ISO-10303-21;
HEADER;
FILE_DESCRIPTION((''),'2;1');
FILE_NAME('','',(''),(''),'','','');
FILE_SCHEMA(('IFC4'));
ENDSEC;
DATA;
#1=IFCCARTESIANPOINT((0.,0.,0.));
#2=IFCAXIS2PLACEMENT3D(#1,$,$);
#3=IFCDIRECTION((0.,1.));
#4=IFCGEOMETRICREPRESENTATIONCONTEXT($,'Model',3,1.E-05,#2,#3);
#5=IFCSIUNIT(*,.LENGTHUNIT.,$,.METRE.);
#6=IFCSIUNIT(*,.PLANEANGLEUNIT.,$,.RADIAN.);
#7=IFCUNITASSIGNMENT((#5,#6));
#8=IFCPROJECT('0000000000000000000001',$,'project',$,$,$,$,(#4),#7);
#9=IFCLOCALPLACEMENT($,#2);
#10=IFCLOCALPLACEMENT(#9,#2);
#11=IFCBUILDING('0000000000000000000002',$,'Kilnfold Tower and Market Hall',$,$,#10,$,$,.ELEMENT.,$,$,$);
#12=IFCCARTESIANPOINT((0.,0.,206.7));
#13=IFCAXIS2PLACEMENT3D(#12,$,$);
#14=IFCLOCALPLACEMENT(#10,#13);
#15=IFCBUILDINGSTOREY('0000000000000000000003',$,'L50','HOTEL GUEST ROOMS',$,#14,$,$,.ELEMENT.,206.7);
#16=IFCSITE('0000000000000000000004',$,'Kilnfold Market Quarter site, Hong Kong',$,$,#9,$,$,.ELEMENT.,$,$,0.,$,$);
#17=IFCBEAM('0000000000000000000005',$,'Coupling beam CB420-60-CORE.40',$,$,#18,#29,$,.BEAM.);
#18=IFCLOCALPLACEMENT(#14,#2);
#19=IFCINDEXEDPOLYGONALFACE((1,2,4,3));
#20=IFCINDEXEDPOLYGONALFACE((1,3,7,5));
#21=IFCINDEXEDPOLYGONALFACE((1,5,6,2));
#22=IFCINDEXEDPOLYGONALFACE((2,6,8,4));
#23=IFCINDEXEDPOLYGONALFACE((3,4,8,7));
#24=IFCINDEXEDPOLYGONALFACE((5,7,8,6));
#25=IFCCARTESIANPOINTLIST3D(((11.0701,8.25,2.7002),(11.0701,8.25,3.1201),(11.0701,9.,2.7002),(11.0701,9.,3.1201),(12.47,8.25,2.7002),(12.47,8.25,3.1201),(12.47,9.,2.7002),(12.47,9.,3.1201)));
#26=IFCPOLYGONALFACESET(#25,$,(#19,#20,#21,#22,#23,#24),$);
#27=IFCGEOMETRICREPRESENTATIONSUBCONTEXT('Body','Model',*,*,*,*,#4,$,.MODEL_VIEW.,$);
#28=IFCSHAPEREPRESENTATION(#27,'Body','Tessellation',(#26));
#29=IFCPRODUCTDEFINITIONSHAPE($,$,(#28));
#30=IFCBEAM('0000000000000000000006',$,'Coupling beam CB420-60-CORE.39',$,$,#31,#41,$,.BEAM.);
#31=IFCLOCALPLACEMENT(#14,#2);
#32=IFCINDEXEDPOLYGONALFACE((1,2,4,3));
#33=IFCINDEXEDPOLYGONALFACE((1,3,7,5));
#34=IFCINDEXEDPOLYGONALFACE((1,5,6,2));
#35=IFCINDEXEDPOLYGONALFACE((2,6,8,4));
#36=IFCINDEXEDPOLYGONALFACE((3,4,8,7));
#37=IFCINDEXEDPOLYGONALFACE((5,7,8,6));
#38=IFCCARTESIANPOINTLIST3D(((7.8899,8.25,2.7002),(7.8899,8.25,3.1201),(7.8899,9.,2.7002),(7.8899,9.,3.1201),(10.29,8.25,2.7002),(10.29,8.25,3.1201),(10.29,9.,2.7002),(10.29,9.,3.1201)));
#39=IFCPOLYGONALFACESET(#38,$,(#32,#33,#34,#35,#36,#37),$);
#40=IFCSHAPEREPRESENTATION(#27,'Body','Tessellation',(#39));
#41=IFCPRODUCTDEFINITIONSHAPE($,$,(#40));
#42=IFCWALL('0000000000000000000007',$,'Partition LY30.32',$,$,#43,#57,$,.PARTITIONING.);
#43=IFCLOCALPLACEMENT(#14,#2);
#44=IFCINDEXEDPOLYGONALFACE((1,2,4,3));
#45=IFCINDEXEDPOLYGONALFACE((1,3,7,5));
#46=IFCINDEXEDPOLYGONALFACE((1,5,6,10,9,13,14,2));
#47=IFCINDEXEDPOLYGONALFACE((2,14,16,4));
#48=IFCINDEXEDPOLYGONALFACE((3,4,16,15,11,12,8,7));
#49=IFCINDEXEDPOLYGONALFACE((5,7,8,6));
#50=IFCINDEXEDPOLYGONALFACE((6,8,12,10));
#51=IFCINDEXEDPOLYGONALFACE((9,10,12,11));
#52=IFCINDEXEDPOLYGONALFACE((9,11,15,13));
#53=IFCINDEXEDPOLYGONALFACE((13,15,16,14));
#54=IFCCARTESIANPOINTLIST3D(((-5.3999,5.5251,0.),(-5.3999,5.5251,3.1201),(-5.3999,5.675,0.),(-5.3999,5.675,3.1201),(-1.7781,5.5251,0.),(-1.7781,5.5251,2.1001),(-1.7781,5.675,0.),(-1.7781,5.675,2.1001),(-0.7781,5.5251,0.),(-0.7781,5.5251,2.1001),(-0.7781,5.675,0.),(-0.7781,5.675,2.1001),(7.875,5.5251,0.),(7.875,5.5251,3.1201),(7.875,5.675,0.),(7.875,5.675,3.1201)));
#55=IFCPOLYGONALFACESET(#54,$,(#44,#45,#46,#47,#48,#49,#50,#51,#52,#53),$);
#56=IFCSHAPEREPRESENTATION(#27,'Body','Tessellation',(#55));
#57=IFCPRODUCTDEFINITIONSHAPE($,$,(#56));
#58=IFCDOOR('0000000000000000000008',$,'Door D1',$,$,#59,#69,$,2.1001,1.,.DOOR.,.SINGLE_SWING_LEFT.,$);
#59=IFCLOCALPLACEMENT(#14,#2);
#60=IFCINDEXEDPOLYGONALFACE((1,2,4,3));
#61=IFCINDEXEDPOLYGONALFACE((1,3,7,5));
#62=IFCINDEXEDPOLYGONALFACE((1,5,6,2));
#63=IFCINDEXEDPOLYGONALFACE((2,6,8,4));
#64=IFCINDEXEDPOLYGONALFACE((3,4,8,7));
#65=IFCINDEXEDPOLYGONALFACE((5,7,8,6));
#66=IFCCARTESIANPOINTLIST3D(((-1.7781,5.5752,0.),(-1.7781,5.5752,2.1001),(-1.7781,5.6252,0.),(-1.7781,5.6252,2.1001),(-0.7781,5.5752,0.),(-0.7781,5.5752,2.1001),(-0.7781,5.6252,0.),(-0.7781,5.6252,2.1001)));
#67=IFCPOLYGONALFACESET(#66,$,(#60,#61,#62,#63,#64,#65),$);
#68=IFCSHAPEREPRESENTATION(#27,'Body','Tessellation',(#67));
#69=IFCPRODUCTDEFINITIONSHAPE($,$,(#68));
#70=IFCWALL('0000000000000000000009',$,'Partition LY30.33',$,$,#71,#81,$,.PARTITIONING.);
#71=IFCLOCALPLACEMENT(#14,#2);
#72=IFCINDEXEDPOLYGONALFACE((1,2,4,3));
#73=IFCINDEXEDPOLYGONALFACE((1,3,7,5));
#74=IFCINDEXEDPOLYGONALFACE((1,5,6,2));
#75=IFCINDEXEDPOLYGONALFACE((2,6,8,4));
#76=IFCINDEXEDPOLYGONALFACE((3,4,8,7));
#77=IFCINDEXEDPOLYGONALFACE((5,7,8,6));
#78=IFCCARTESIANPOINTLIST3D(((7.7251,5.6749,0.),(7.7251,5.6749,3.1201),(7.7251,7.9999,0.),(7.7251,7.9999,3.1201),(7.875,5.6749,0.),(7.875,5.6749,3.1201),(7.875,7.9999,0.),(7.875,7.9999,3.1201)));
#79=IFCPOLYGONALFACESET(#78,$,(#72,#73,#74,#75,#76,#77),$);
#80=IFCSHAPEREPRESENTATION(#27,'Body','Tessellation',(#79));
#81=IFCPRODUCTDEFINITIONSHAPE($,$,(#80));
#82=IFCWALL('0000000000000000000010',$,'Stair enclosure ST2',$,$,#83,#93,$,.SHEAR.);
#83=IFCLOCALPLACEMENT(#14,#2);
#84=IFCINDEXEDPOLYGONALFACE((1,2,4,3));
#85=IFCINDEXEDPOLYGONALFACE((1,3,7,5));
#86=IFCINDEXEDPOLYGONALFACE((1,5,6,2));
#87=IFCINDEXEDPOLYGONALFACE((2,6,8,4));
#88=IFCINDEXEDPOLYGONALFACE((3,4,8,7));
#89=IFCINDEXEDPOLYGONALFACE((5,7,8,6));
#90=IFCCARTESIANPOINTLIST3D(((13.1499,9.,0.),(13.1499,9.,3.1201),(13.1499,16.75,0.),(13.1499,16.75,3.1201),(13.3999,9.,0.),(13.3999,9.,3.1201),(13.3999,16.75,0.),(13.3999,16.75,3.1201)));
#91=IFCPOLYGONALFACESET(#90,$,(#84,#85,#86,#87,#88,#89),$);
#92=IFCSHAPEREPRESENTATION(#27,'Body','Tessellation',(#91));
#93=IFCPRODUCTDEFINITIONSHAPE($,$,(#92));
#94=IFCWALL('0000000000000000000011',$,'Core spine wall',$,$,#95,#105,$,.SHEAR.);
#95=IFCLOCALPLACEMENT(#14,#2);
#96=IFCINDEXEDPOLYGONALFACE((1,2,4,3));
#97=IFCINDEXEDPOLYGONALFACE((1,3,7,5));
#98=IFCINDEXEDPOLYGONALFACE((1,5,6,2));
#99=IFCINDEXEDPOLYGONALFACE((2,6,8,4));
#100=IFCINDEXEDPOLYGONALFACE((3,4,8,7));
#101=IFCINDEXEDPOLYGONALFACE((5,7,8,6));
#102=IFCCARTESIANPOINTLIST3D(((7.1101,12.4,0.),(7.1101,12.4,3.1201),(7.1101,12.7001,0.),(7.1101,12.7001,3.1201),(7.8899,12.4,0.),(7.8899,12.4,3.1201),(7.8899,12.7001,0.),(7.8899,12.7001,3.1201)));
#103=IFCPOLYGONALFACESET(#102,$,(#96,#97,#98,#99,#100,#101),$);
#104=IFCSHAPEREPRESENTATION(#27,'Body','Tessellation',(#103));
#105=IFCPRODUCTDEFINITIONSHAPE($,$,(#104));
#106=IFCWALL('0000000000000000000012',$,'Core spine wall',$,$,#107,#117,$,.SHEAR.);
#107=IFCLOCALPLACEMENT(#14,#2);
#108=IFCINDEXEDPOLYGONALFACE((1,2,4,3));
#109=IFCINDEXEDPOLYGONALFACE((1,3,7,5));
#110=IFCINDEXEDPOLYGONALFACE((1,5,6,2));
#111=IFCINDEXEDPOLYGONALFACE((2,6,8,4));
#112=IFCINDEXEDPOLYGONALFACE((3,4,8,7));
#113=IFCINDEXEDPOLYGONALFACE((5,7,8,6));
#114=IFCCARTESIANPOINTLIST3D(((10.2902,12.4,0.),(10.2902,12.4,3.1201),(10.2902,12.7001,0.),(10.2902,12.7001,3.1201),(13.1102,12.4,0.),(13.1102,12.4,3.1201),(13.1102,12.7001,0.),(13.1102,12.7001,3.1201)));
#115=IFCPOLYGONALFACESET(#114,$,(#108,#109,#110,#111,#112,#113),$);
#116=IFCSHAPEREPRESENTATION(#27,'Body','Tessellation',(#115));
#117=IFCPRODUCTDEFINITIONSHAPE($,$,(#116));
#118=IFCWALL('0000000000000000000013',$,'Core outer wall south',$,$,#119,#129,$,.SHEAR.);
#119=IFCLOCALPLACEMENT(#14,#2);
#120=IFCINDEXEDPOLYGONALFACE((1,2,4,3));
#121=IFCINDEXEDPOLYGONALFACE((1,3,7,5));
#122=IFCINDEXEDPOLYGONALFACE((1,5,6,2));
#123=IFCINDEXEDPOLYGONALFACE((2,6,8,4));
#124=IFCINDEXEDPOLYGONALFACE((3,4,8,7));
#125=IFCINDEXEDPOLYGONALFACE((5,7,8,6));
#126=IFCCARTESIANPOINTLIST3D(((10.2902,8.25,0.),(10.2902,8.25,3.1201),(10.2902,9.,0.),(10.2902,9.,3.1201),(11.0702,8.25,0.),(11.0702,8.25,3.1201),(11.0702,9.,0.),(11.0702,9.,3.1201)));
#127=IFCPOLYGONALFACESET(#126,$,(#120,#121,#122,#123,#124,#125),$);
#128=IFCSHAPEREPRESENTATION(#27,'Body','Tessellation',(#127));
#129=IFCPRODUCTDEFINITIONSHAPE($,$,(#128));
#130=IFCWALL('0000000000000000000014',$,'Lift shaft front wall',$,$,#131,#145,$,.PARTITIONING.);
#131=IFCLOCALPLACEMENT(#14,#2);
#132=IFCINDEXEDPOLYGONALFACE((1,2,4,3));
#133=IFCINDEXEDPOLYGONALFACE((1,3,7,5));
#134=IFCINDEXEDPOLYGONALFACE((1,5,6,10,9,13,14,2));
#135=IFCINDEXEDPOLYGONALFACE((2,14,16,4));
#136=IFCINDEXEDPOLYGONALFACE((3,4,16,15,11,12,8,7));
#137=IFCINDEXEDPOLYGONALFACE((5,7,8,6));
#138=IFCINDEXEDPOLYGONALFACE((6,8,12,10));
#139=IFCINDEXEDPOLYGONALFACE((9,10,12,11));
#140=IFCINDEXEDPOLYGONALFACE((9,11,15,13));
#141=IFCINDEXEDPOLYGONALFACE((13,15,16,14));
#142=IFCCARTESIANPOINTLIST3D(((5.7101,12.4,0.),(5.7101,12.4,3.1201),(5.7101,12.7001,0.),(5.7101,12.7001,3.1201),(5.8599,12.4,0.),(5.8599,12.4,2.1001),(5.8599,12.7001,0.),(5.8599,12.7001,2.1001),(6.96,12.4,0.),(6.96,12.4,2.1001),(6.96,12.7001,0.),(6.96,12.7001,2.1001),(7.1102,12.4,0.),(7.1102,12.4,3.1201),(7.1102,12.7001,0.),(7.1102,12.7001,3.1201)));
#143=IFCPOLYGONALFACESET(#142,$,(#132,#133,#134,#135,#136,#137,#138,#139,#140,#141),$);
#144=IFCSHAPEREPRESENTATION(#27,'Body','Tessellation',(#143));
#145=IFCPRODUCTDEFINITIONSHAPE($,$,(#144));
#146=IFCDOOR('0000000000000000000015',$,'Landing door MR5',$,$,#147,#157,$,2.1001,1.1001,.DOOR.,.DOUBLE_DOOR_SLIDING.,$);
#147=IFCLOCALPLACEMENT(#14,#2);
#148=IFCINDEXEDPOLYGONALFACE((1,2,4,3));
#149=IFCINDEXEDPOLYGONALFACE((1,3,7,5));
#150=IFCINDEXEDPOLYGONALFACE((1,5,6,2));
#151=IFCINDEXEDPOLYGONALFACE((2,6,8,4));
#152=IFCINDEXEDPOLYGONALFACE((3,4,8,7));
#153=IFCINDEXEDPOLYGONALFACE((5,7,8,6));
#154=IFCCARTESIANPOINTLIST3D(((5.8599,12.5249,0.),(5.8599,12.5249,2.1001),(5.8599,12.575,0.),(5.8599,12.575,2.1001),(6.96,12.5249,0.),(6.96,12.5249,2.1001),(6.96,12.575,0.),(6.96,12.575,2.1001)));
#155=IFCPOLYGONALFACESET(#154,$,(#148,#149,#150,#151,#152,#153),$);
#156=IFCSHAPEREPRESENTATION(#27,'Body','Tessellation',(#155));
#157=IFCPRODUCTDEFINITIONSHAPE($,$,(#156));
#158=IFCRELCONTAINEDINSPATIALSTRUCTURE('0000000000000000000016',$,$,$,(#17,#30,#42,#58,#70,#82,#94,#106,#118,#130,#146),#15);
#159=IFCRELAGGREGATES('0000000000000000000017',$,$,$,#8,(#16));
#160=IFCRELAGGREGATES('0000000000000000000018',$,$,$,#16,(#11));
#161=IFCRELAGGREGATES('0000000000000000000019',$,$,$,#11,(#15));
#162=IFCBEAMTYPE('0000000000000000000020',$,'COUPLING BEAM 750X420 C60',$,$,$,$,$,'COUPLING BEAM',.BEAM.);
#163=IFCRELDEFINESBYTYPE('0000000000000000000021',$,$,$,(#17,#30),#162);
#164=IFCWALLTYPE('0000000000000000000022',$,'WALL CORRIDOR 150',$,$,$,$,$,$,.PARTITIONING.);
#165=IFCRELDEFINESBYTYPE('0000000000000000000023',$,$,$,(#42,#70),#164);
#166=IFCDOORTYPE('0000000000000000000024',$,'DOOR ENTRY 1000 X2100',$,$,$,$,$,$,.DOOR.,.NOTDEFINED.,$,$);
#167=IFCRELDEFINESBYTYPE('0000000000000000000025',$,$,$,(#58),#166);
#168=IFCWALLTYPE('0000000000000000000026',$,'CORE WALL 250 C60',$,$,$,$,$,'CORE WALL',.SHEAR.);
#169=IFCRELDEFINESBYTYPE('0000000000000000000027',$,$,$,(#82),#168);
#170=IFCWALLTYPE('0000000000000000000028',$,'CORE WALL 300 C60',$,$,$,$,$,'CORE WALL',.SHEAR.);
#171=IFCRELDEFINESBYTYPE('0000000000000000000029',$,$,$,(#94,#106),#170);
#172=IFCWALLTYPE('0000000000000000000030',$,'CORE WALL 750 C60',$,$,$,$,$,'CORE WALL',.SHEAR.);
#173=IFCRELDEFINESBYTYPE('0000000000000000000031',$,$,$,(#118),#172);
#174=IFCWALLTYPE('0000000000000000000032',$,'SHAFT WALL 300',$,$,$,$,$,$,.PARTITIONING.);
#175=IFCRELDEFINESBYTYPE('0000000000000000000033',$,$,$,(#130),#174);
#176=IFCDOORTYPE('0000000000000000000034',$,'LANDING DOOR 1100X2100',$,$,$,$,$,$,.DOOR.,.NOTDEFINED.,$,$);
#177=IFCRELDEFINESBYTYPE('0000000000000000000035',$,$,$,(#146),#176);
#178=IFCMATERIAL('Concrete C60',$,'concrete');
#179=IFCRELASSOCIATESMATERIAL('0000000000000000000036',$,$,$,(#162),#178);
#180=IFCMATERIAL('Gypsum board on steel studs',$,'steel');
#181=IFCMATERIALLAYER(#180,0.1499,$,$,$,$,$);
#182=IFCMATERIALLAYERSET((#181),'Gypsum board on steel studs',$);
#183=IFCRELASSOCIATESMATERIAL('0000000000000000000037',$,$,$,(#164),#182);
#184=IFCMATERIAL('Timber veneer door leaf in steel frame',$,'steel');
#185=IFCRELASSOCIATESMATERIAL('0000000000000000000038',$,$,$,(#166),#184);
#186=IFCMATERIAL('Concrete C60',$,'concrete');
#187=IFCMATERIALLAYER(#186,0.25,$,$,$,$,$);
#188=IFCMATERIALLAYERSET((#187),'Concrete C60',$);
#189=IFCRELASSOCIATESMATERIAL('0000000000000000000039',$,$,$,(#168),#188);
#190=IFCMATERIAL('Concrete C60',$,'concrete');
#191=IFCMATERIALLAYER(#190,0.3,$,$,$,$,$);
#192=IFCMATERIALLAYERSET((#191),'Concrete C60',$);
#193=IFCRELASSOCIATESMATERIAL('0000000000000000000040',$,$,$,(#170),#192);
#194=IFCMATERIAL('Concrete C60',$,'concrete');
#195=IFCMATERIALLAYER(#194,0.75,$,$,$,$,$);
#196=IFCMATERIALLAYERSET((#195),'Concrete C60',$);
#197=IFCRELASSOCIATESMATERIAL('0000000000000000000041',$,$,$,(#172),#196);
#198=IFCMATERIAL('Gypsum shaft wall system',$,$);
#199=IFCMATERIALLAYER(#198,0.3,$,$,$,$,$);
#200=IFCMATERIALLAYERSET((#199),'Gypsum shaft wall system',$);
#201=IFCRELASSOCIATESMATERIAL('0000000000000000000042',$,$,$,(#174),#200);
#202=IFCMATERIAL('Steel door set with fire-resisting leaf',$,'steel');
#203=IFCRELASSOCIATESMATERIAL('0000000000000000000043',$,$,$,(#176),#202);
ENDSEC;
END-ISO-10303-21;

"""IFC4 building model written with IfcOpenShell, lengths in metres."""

from ifc_helpers import new_model, si_unit, direction, frame, frame_2d, origin, origin_2d, place, context, subcontext, project, spatial, rectangle, extrude, source, transform, mapped, material, layer, layer_set, material_profile, profile_set, type_object, element, fill, save


model = new_model("IFC4")

# Units and contexts
model_context = context("Model", 3, precision=1e-05, world=origin(), true_north=direction((0.0, 1.0)))
body_context = subcontext(model_context, "Body", "Model", "MODEL_VIEW")
ifc_project = project(units=[si_unit("LENGTHUNIT", "METRE"), si_unit("PLANEANGLEUNIT", "RADIAN")], contexts=[model_context])

# Site, building, storey
site_placement = place(None, origin())
site = spatial("IfcSite", under=ifc_project, at=site_placement, Name="Kilnfold Market Quarter site, Hong Kong", CompositionType="ELEMENT", RefElevation=0.0)
building_placement = place(site_placement, origin())
building = spatial("IfcBuilding", under=site, at=building_placement, Name="Kilnfold Tower and Market Hall", CompositionType="ELEMENT")
storey_placement = place(building_placement, frame((0.0, 0.0, 206.7)))
storey = spatial("IfcBuildingStorey", under=building, at=storey_placement, Name="L50", Description="HOTEL GUEST ROOMS", CompositionType="ELEMENT", Elevation=206.7)

# Beams
ifc_material_1 = material(Name="Concrete C60", Category="concrete")
ifc_material_profile = material_profile(ifc_material_1, rectangle(XDim=0.75, YDim=0.4199, at=origin_2d()), Name="RC 750x420")
ifc_profile_set = profile_set([ifc_material_profile], Name="Concrete C60")
beam_type = type_object("IfcBeamType", Name="COUPLING BEAM 750X420 C60", ElementType="COUPLING BEAM", PredefinedType="BEAM", material=ifc_profile_set)
shared_shape_1 = source(origin(), body_context, "Body", "SweptSolid", [
    extrude(rectangle(XDim=0.75, YDim=0.4199, at=origin_2d()), origin(), (0.0, 0.0, 1.0), 1.3999),
])
beam_1_placement = place(storey_placement, frame((11.0701, 8.625, 2.9102), z_axis=(1.0, 0.0, 0.0), x_axis=(0.0, 1.0, 0.0)))
element("IfcBeam", 1, at=beam_1_placement, inside=storey, type_object=beam_type, Name="Coupling beam CB420-60-CORE.40", PredefinedType="BEAM", context=body_context, shape_type="MappedRepresentation", body=[
    mapped(shared_shape_1, transform((0.0, 0.0, 0.0))),
])
shared_shape_2 = source(origin(), body_context, "Body", "SweptSolid", [
    extrude(rectangle(XDim=0.75, YDim=0.4199, at=origin_2d()), origin(), (0.0, 0.0, 1.0), 2.4001),
])
beam_2_placement = place(storey_placement, frame((7.8899, 8.625, 2.9102), z_axis=(1.0, 0.0, 0.0), x_axis=(0.0, 1.0, 0.0)))
element("IfcBeam", 2, at=beam_2_placement, inside=storey, type_object=beam_type, Name="Coupling beam CB420-60-CORE.39", PredefinedType="BEAM", context=body_context, shape_type="MappedRepresentation", body=[
    mapped(shared_shape_2, transform((0.0, 0.0, 0.0))),
])

# Wall, opening, door
ifc_material_2 = material(Name="Gypsum board on steel studs", Category="steel")
ifc_layer_1 = layer(ifc_material_2, 0.1499)
ifc_layer_set_1 = layer_set([ifc_layer_1], Name="Gypsum board on steel studs")
wall_type_1 = type_object("IfcWallType", Name="WALL CORRIDOR 150", PredefinedType="PARTITIONING", material=ifc_layer_set_1)
wall_1_placement = place(storey_placement, frame((7.875, 5.6001, 0.0), z_axis=(0.0, 0.0, 1.0), x_axis=(-1.0, 0.0, 0.0)))
wall_1 = element("IfcWall", 3, at=wall_1_placement, inside=storey, type_object=wall_type_1, Name="Partition LY30.32", PredefinedType="PARTITIONING", context=body_context, shape_type="SweptSolid", body=[
    extrude(rectangle(XDim=13.2749, YDim=0.1499, at=frame_2d((6.6375, 0.0))), origin(), (0.0, 0.0, 1.0), 3.1201),
])
opening_1_placement = place(wall_1_placement, frame((8.6531, 0.0, 0.0)))
opening_1 = element("IfcOpeningElement", 4, at=opening_1_placement, cuts=wall_1, PredefinedType="OPENING", context=body_context, shape_type="SweptSolid", body=[
    extrude(rectangle(XDim=1.0, YDim=2.1001, at=frame_2d((0.5, 1.05))), frame((0.0, 0.085, 0.0), z_axis=(0.0, -1.0, 0.0), x_axis=(1.0, 0.0, 0.0)), (0.0, 0.0, 1.0), 0.1699),
])
ifc_material_3 = material(Name="Timber veneer door leaf in steel frame", Category="steel")
door_type_1 = type_object("IfcDoorType", Name="DOOR ENTRY 1000 X2100", OperationType="NOTDEFINED", PredefinedType="DOOR", material=ifc_material_3)
door_1_placement = place(opening_1_placement, origin())
door_1 = element("IfcDoor", 5, at=door_1_placement, inside=storey, type_object=door_type_1, Name="Door D1", OperationType="SINGLE_SWING_LEFT", OverallHeight=2.1001, OverallWidth=1.0, PredefinedType="DOOR", context=body_context, shape_type="SweptSolid", body=[
    extrude(rectangle(XDim=1.0, YDim=2.1001, at=frame_2d((0.5, 1.05))), frame((0.0, 0.0249, 0.0), z_axis=(0.0, -1.0, 0.0), x_axis=(1.0, 0.0, 0.0)), (0.0, 0.0, 1.0), 0.05),
])
fill(opening_1, door_1)

# Walls
wall_2_placement = place(storey_placement, frame((7.8, 8.0, 0.0), z_axis=(0.0, 0.0, 1.0), x_axis=(0.0, -1.0, 0.0)))
element("IfcWall", 6, at=wall_2_placement, inside=storey, type_object=wall_type_1, Name="Partition LY30.33", PredefinedType="PARTITIONING", context=body_context, shape_type="SweptSolid", body=[
    extrude(rectangle(XDim=2.325, YDim=0.1499, at=frame_2d((1.1626, 0.0))), origin(), (0.0, 0.0, 1.0), 3.1201),
])
ifc_material_4 = material(Name="Concrete C60", Category="concrete")
ifc_layer_2 = layer(ifc_material_4, 0.25)
ifc_layer_set_2 = layer_set([ifc_layer_2], Name="Concrete C60")
wall_type_2 = type_object("IfcWallType", Name="CORE WALL 250 C60", ElementType="CORE WALL", PredefinedType="SHEAR", material=ifc_layer_set_2)
shared_shape_3 = source(origin(), body_context, "Body", "SweptSolid", [
    extrude(rectangle(XDim=7.75, YDim=0.25, at=frame_2d((3.875, 0.0))), origin(), (0.0, 0.0, 1.0), 3.1201),
])
wall_3_placement = place(storey_placement, frame((13.2749, 9.0, 0.0), z_axis=(0.0, 0.0, 1.0), x_axis=(0.0, 1.0, 0.0)))
element("IfcWall", 7, at=wall_3_placement, inside=storey, type_object=wall_type_2, Name="Stair enclosure ST2", PredefinedType="SHEAR", context=body_context, shape_type="MappedRepresentation", body=[
    mapped(shared_shape_3, transform((0.0, 0.0, 0.0))),
])
ifc_material_5 = material(Name="Concrete C60", Category="concrete")
ifc_layer_3 = layer(ifc_material_5, 0.3)
ifc_layer_set_3 = layer_set([ifc_layer_3], Name="Concrete C60")
wall_type_3 = type_object("IfcWallType", Name="CORE WALL 300 C60", ElementType="CORE WALL", PredefinedType="SHEAR", material=ifc_layer_set_3)
shared_shape_4 = source(origin(), body_context, "Body", "SweptSolid", [
    extrude(rectangle(XDim=0.7798, YDim=0.3, at=frame_2d((0.3899, 0.0))), origin(), (0.0, 0.0, 1.0), 3.1201),
])
wall_4_placement = place(storey_placement, frame((7.1101, 12.55, 0.0), z_axis=(0.0, 0.0, 1.0), x_axis=(1.0, 0.0, 0.0)))
element("IfcWall", 8, at=wall_4_placement, inside=storey, type_object=wall_type_3, Name="Core spine wall", PredefinedType="SHEAR", context=body_context, shape_type="MappedRepresentation", body=[
    mapped(shared_shape_4, transform((0.0, 0.0, 0.0))),
])
shared_shape_5 = source(origin(), body_context, "Body", "SweptSolid", [
    extrude(rectangle(XDim=2.8201, YDim=0.3, at=frame_2d((1.4102, 0.0))), origin(), (0.0, 0.0, 1.0), 3.1201),
])
wall_5_placement = place(storey_placement, frame((10.29, 12.55, 0.0), z_axis=(0.0, 0.0, 1.0), x_axis=(1.0, 0.0, 0.0)))
element("IfcWall", 9, at=wall_5_placement, inside=storey, type_object=wall_type_3, Name="Core spine wall", PredefinedType="SHEAR", context=body_context, shape_type="MappedRepresentation", body=[
    mapped(shared_shape_5, transform((0.0, 0.0, 0.0))),
])
ifc_material_6 = material(Name="Concrete C60", Category="concrete")
ifc_layer_4 = layer(ifc_material_6, 0.75)
ifc_layer_set_4 = layer_set([ifc_layer_4], Name="Concrete C60")
wall_type_4 = type_object("IfcWallType", Name="CORE WALL 750 C60", ElementType="CORE WALL", PredefinedType="SHEAR", material=ifc_layer_set_4)
shared_shape_6 = source(origin(), body_context, "Body", "SweptSolid", [
    extrude(rectangle(XDim=0.78, YDim=0.75, at=frame_2d((0.3901, 0.0))), origin(), (0.0, 0.0, 1.0), 3.1201),
])
wall_6_placement = place(storey_placement, frame((10.29, 8.625, 0.0), z_axis=(0.0, 0.0, 1.0), x_axis=(1.0, 0.0, 0.0)))
element("IfcWall", 10, at=wall_6_placement, inside=storey, type_object=wall_type_4, Name="Core outer wall south", PredefinedType="SHEAR", context=body_context, shape_type="MappedRepresentation", body=[
    mapped(shared_shape_6, transform((0.0, 0.0, 0.0))),
])

# Wall, opening, door
ifc_material_7 = material(Name="Gypsum shaft wall system")
ifc_layer_5 = layer(ifc_material_7, 0.3)
ifc_layer_set_5 = layer_set([ifc_layer_5], Name="Gypsum shaft wall system")
wall_type_5 = type_object("IfcWallType", Name="SHAFT WALL 300", PredefinedType="PARTITIONING", material=ifc_layer_set_5)
shared_shape_7 = source(origin(), body_context, "Body", "SweptSolid", [
    extrude(rectangle(XDim=1.4001, YDim=0.3, at=frame_2d((0.7002, 0.0))), origin(), (0.0, 0.0, 1.0), 3.1201),
])
wall_7_placement = place(storey_placement, frame((5.71, 12.55, 0.0), z_axis=(0.0, 0.0, 1.0), x_axis=(1.0, 0.0, 0.0)))
wall_7 = element("IfcWall", 11, at=wall_7_placement, inside=storey, type_object=wall_type_5, Name="Lift shaft front wall", PredefinedType="PARTITIONING", context=body_context, shape_type="MappedRepresentation", body=[
    mapped(shared_shape_7, transform((0.0, 0.0, 0.0))),
])
opening_2_placement = place(wall_7_placement, frame((0.1499, 0.0, 0.0)))
opening_2 = element("IfcOpeningElement", 12, at=opening_2_placement, cuts=wall_7, PredefinedType="OPENING", context=body_context, shape_type="SweptSolid", body=[
    extrude(rectangle(XDim=1.1001, YDim=2.1001, at=frame_2d((0.55, 1.05))), frame((0.0, 0.1602, 0.0), z_axis=(0.0, -1.0, 0.0), x_axis=(1.0, 0.0, 0.0)), (0.0, 0.0, 1.0), 0.3201),
])
ifc_material_8 = material(Name="Steel door set with fire-resisting leaf", Category="steel")
door_type_2 = type_object("IfcDoorType", Name="LANDING DOOR 1100X2100", OperationType="NOTDEFINED", PredefinedType="DOOR", material=ifc_material_8)
door_2_placement = place(opening_2_placement, origin())
door_2 = element("IfcDoor", 13, at=door_2_placement, inside=storey, type_object=door_type_2, Name="Landing door MR5", OperationType="DOUBLE_DOOR_SLIDING", OverallHeight=2.1001, OverallWidth=1.1001, PredefinedType="DOOR", context=body_context, shape_type="SweptSolid", body=[
    extrude(rectangle(XDim=1.1001, YDim=2.1001, at=frame_2d((0.55, 1.05))), frame((0.0, 0.0249, 0.0), z_axis=(0.0, -1.0, 0.0), x_axis=(1.0, 0.0, 0.0)), (0.0, 0.0, 1.0), 0.05),
])
fill(opening_2, door_2)

save(model, "model.ifc")
